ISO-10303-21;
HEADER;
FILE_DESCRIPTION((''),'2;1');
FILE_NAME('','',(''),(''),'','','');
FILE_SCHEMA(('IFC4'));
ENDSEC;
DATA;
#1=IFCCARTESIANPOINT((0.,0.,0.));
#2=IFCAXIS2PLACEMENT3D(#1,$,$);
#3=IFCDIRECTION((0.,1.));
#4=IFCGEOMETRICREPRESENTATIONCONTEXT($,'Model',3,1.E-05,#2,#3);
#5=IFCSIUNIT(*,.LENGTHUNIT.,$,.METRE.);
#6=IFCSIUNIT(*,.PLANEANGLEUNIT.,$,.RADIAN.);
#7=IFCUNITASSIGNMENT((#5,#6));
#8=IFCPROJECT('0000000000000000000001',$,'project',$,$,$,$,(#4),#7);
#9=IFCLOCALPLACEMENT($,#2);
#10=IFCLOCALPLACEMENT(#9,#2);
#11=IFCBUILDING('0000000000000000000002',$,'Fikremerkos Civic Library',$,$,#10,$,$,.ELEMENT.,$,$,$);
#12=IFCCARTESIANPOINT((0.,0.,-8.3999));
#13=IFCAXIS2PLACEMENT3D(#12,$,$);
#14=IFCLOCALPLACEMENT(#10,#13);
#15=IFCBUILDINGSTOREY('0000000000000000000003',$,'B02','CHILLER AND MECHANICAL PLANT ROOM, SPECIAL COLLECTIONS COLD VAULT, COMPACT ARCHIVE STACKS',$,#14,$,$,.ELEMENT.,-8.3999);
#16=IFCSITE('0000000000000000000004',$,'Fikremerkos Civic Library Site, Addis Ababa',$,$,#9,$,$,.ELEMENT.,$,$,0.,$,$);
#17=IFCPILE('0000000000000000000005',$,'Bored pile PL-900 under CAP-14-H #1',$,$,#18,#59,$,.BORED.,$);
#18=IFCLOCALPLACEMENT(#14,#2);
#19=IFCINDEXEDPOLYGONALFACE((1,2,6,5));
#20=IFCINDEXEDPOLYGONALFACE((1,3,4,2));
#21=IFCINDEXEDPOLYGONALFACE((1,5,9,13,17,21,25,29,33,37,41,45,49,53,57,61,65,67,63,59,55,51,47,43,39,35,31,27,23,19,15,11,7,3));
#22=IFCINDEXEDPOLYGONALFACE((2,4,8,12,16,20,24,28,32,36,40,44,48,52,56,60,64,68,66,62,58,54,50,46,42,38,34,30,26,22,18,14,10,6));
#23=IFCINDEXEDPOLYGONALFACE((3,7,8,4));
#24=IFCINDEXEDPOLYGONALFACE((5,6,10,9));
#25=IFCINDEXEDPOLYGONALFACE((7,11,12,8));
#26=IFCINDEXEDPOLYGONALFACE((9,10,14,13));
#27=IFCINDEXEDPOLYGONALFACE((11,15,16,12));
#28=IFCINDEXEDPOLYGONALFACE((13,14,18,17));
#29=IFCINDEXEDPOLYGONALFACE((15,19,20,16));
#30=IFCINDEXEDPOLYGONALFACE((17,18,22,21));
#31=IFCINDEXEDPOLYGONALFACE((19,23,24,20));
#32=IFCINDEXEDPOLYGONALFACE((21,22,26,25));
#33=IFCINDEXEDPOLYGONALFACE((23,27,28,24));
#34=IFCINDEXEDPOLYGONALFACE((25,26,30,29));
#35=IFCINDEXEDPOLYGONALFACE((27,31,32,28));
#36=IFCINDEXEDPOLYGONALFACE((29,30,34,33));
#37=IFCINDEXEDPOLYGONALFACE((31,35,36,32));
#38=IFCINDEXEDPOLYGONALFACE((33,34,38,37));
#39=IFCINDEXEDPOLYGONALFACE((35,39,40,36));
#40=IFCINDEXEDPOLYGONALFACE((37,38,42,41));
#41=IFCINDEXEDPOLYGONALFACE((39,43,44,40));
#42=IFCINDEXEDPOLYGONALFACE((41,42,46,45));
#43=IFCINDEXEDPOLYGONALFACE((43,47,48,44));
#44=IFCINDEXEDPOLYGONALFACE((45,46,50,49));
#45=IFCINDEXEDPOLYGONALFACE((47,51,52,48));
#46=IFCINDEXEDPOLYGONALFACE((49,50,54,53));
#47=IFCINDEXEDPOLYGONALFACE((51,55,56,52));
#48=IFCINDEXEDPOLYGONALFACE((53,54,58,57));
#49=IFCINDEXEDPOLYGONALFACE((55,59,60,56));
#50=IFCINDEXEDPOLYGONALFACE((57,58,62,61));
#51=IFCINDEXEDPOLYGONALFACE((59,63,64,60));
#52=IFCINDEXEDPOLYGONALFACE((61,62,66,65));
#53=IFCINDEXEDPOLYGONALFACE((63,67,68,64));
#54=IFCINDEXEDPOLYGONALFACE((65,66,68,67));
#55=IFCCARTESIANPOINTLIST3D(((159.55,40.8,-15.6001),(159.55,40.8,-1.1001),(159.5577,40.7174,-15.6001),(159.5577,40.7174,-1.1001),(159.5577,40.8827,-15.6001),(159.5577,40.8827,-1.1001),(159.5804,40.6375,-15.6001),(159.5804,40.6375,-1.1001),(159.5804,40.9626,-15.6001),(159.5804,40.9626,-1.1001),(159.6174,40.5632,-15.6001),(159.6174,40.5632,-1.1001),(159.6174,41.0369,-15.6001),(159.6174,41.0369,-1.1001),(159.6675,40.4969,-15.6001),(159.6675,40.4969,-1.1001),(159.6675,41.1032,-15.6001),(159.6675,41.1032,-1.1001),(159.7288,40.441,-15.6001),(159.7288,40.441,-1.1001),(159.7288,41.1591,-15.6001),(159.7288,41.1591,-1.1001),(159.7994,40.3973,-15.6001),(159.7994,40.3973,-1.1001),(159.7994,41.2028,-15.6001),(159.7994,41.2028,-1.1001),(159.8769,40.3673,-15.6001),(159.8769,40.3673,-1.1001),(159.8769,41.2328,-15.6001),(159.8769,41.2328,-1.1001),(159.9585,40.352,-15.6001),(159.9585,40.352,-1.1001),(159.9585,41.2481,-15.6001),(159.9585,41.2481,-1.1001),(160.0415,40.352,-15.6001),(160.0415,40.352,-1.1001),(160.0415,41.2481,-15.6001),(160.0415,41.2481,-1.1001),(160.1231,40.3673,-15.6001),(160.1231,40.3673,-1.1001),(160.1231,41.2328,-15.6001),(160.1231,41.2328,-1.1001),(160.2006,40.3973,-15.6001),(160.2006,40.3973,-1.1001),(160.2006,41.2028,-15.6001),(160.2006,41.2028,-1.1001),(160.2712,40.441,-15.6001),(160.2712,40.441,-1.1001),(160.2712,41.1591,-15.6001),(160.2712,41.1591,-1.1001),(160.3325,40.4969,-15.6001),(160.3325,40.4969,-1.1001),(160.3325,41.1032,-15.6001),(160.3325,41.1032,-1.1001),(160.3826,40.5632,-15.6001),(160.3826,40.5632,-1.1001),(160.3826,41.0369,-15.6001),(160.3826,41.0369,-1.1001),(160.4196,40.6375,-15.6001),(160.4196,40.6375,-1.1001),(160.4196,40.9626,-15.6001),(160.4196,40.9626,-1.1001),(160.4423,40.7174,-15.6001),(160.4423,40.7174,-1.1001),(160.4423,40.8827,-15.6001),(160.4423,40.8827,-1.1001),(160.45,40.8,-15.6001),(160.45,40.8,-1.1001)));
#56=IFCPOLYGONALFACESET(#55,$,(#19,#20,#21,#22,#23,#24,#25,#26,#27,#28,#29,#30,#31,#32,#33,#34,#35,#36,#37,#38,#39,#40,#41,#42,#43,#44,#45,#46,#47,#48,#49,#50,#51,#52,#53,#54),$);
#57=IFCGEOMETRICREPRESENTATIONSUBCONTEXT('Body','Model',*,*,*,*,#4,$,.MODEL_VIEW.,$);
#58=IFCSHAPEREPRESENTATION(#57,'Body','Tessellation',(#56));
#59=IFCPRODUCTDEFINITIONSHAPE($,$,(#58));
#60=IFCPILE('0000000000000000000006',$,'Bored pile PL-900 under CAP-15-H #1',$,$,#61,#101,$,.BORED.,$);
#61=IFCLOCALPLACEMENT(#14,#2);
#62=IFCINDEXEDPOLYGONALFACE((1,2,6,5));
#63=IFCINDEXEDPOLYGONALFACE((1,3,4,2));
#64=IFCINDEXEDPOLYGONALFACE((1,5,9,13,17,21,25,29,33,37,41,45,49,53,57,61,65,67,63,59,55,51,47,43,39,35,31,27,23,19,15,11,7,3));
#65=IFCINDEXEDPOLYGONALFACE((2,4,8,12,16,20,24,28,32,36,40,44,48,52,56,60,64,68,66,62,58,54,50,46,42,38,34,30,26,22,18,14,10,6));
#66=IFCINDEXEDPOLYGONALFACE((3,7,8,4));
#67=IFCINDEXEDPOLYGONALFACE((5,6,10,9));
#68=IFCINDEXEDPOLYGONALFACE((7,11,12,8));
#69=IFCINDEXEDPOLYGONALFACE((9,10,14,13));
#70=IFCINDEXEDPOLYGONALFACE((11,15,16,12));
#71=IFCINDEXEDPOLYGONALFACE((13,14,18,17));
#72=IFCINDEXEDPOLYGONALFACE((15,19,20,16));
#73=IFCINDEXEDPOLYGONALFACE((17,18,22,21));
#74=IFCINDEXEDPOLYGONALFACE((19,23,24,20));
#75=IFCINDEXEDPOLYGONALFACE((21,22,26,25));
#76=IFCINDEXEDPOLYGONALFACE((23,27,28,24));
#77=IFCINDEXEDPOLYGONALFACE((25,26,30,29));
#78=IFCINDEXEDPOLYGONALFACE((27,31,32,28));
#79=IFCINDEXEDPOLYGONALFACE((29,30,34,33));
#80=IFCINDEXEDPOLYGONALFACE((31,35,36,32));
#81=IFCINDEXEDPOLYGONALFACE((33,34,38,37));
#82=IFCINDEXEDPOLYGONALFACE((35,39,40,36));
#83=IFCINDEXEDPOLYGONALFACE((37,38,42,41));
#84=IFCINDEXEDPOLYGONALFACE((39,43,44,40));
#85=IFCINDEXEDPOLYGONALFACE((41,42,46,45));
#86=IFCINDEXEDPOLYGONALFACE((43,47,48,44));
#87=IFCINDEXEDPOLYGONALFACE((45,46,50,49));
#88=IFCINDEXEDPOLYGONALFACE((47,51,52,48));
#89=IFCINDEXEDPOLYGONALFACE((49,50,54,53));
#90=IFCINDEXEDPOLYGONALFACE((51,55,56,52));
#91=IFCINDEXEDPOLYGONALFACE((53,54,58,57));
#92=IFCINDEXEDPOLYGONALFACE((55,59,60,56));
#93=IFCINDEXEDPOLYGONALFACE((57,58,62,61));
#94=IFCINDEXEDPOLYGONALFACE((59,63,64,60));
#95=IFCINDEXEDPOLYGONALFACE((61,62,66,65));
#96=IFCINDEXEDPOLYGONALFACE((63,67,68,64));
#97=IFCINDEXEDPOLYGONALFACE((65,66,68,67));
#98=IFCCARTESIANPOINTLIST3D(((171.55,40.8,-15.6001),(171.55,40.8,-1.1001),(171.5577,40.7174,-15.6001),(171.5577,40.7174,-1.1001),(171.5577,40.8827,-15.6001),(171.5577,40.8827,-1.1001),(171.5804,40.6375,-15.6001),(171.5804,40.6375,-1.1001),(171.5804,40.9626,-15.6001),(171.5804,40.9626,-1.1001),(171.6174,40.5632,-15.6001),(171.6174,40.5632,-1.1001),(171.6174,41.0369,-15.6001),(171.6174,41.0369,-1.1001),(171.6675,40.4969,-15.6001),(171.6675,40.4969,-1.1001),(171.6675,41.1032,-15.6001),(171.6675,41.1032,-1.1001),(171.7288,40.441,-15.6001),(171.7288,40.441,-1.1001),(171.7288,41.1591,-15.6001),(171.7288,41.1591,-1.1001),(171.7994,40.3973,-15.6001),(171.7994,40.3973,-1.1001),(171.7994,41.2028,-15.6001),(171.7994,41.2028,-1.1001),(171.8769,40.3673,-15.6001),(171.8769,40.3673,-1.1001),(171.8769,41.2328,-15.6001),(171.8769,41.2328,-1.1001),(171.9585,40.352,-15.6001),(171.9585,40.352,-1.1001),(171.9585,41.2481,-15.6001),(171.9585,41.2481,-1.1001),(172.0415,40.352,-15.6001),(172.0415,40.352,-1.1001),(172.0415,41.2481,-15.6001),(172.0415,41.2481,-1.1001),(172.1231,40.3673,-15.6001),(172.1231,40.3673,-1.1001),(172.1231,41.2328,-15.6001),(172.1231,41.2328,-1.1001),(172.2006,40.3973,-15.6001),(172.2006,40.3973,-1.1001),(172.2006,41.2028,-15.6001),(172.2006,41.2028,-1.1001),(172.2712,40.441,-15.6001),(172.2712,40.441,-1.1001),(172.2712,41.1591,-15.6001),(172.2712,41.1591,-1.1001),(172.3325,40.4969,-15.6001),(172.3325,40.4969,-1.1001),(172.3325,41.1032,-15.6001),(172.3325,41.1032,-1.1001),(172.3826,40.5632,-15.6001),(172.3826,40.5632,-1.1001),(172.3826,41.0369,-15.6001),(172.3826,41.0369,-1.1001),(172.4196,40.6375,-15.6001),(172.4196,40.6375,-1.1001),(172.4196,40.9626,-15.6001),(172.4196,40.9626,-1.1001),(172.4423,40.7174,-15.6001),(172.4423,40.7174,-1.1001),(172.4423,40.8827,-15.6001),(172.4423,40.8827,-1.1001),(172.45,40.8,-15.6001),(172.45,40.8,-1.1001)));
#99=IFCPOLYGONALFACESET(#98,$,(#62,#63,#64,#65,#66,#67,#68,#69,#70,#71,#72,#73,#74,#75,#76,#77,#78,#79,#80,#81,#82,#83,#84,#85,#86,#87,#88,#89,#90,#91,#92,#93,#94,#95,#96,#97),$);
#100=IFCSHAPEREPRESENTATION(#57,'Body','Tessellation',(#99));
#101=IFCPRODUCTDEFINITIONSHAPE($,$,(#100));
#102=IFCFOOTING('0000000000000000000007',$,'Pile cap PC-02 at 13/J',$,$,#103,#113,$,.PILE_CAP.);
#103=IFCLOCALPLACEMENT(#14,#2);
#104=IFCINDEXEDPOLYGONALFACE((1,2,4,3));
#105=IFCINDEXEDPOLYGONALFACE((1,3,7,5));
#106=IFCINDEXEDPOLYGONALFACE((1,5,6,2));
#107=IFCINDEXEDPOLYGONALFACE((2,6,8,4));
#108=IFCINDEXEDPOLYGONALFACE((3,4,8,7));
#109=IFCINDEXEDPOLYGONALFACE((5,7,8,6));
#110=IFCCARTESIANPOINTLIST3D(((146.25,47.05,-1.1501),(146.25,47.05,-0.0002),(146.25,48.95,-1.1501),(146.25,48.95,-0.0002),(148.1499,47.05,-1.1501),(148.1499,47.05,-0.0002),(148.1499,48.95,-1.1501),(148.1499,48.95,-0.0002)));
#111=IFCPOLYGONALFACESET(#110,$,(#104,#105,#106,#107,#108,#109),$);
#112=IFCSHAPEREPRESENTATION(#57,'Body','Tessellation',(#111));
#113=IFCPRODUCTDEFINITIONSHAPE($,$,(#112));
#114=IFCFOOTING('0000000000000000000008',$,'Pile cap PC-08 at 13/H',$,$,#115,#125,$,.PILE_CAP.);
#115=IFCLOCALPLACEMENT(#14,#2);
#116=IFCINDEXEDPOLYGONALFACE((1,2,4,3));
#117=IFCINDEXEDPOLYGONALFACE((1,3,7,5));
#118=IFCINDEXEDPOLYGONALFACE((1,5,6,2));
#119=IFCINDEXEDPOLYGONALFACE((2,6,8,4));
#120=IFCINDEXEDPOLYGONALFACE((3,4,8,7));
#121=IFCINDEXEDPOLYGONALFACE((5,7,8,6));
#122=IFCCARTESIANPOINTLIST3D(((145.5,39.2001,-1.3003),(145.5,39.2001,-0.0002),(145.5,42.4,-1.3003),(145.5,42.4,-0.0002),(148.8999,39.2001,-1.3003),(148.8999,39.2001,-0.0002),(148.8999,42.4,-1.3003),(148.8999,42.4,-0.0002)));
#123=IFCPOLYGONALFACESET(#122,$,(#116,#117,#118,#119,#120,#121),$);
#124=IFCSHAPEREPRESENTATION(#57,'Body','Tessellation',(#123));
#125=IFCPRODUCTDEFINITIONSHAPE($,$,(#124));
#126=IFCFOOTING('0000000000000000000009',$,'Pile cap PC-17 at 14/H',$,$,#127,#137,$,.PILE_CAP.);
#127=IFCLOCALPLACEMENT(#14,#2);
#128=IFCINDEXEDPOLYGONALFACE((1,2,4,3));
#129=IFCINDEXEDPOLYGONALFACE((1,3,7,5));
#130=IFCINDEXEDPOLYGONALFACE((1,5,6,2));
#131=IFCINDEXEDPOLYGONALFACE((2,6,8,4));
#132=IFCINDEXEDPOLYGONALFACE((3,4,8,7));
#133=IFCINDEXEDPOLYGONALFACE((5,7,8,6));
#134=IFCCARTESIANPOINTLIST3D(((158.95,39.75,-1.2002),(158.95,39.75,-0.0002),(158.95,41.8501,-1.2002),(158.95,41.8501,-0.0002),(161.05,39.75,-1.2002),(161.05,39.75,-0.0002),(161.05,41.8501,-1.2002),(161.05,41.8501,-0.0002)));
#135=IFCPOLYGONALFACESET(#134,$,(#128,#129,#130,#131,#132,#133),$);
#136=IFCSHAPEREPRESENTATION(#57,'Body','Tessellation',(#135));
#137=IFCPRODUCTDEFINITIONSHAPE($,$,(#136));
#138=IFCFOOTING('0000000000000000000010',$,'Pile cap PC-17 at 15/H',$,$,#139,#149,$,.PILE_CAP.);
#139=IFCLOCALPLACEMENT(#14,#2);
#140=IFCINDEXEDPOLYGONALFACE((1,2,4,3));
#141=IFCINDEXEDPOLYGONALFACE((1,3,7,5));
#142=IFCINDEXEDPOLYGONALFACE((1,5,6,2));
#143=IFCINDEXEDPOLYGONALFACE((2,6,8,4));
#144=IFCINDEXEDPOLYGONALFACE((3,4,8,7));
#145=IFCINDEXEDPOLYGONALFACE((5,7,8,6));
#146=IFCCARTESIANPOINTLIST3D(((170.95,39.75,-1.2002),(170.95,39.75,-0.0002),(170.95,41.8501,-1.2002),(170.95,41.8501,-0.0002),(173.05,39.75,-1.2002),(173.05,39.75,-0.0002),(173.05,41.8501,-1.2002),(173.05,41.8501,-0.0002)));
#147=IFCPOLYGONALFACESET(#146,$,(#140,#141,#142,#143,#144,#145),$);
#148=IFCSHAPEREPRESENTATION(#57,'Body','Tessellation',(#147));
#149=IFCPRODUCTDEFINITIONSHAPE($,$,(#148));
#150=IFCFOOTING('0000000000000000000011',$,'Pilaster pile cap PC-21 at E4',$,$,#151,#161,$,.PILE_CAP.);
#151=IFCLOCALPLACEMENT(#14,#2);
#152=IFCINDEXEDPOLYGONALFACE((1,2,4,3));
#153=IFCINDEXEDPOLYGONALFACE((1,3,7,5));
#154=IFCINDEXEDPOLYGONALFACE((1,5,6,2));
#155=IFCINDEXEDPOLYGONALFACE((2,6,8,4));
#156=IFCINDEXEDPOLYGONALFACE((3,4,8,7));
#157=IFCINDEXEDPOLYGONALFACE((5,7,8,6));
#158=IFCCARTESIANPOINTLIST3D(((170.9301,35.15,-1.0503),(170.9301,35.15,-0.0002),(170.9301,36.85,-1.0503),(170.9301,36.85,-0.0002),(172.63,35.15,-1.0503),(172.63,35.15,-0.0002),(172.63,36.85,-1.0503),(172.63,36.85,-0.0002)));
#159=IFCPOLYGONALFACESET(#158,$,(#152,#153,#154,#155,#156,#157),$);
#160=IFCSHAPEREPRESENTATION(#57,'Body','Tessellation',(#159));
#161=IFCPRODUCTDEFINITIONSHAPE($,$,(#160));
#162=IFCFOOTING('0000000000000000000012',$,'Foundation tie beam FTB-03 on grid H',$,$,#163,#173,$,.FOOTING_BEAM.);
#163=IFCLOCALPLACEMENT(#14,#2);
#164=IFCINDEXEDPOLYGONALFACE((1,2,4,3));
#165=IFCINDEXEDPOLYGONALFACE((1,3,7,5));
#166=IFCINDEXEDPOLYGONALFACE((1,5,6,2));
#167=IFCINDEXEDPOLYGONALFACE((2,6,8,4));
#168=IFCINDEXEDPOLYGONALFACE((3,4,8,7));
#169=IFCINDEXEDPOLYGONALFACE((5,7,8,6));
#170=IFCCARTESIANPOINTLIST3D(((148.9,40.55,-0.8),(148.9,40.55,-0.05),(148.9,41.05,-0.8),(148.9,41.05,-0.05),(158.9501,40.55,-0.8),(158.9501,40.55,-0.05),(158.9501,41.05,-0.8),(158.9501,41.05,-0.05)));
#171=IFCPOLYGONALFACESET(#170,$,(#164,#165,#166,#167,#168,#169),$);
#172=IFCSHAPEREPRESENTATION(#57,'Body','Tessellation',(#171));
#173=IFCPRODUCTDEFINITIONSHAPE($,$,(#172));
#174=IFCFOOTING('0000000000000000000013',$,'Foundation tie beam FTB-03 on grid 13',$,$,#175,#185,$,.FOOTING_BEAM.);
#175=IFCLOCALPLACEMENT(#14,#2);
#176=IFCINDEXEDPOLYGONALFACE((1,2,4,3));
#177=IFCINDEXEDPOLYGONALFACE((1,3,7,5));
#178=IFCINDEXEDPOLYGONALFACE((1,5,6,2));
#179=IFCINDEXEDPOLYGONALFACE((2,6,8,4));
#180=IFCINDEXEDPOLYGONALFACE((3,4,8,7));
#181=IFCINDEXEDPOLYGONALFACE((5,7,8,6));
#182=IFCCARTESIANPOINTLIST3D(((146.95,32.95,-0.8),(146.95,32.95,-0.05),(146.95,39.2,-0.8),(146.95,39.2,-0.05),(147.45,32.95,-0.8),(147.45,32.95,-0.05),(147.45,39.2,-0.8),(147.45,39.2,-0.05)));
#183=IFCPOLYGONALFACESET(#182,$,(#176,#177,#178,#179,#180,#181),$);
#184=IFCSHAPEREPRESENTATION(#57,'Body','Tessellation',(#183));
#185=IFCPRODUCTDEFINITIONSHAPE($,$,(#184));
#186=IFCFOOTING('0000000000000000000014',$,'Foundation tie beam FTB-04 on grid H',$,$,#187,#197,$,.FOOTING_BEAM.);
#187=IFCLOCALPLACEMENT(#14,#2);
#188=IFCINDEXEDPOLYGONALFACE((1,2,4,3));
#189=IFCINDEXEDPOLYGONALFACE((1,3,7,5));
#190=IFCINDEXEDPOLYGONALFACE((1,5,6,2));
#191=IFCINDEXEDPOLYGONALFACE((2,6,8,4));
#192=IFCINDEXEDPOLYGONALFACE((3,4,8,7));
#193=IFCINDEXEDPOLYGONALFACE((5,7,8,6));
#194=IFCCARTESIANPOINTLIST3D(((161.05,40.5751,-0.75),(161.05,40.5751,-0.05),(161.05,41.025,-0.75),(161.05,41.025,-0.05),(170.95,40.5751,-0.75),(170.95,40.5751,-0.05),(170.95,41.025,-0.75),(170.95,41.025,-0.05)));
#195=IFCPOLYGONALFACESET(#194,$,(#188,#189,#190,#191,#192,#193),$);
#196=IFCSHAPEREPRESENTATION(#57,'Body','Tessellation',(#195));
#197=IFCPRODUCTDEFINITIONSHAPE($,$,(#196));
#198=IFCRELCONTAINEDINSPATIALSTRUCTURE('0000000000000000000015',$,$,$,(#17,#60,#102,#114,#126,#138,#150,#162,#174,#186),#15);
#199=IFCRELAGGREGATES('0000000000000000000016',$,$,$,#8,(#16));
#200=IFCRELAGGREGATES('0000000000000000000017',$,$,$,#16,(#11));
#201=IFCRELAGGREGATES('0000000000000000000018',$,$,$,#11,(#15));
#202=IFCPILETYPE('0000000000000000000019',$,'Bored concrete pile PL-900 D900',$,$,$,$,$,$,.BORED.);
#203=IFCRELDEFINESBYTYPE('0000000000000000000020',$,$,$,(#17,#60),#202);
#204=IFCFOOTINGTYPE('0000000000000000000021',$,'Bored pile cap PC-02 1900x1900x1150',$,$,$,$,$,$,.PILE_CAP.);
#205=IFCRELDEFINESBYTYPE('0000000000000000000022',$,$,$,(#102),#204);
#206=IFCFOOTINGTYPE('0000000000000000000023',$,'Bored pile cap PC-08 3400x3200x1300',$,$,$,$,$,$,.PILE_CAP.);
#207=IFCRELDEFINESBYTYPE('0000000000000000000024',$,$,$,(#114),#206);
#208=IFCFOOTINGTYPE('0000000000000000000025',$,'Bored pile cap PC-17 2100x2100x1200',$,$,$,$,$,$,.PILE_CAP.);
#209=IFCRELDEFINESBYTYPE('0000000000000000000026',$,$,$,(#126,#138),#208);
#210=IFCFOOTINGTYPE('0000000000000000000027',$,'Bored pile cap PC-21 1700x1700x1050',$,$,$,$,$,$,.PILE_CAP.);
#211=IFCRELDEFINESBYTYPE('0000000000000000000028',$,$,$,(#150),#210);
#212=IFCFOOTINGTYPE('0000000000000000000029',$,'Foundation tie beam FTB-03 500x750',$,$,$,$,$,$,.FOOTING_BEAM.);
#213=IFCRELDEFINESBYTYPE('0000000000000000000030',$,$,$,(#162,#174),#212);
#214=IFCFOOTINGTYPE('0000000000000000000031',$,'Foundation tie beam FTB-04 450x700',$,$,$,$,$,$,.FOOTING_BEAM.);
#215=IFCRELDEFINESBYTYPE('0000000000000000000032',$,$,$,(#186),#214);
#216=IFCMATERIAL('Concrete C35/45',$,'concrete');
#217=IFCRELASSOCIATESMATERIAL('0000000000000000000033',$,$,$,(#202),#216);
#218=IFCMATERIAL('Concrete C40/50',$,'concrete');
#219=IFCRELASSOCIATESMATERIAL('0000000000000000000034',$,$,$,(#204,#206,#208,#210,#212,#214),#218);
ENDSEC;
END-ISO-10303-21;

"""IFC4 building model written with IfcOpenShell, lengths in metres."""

from ifc_helpers import new_model, si_unit, direction, frame, origin, origin_2d, place, context, subcontext, project, spatial, rectangle, circle, extrude, material, material_profile, profile_set, type_object, element, save


model = new_model("IFC4")

# Units and contexts
model_context = context("Model", 3, precision=1e-05, world=origin(), true_north=direction((0.0, 1.0)))
body_context = subcontext(model_context, "Body", "Model", "MODEL_VIEW")
ifc_project = project(units=[si_unit("LENGTHUNIT", "METRE"), si_unit("PLANEANGLEUNIT", "RADIAN")], contexts=[model_context])

# Site, building, storey
site_placement = place(None, origin())
site = spatial("IfcSite", under=ifc_project, at=site_placement, Name="Fikremerkos Civic Library Site, Addis Ababa", CompositionType="ELEMENT", RefElevation=0.0)
building_placement = place(site_placement, origin())
building = spatial("IfcBuilding", under=site, at=building_placement, Name="Fikremerkos Civic Library", CompositionType="ELEMENT")
storey_placement = place(building_placement, frame((0.0, 0.0, -8.3999)))
storey = spatial("IfcBuildingStorey", under=building, at=storey_placement, Name="B02", Description="CHILLER AND MECHANICAL PLANT ROOM, SPECIAL COLLECTIONS COLD VAULT, COMPACT ARCHIVE STACKS", CompositionType="ELEMENT", Elevation=-8.3999)

# Piles
ifc_material_1 = material(Name="Concrete C35/45", Category="concrete")
ifc_material_profile_1 = material_profile(ifc_material_1, circle(Radius=0.45, at=origin_2d()), Name="BORED PILE 900")
ifc_profile_set_1 = profile_set([ifc_material_profile_1], Name="Concrete C35/45")
pile_type_1 = type_object("IfcPileType", Name="Bored concrete pile PL-900 D900", PredefinedType="BORED", material=ifc_profile_set_1)
for number, where, z_axis, x_axis, name in (
    (1, (160.0, 40.8, -1.1001), (0.0, 0.0, -1.0), (1.0, 0.0, 0.0), "Bored pile PL-900 under CAP-14-H #1"),
    (2, (172.0, 40.8, -1.1001), (0.0, 0.0, -1.0), (1.0, 0.0, 0.0), "Bored pile PL-900 under CAP-15-H #1"),
):
    element("IfcPile", number, at=place(storey_placement, frame(where, z_axis=z_axis, x_axis=x_axis)), inside=storey, type_object=pile_type_1, Name=name, PredefinedType="BORED", context=body_context, shape_type="SweptSolid", body=[
        extrude(circle(Radius=0.45, at=origin_2d()), origin(), (0.0, 0.0, 1.0), 14.5),
    ])

# Footings
ifc_material_2 = material(Name="Concrete C40/50", Category="concrete")
footing_type_1 = type_object("IfcFootingType", Name="Bored pile cap PC-02 1900x1900x1150", PredefinedType="PILE_CAP", material=ifc_material_2)
footing_1_placement = place(storey_placement, frame((147.2, 48.0, -1.1501), z_axis=(0.0, 0.0, 1.0), x_axis=(1.0, 0.0, 0.0)))
element("IfcFooting", 3, at=footing_1_placement, inside=storey, type_object=footing_type_1, Name="Pile cap PC-02 at 13/J", PredefinedType="PILE_CAP", context=body_context, shape_type="SweptSolid", body=[
    extrude(rectangle(XDim=1.8999, YDim=1.8999, at=origin_2d()), origin(), (0.0, 0.0, 1.0), 1.1499),
])
footing_type_2 = type_object("IfcFootingType", Name="Bored pile cap PC-08 3400x3200x1300", PredefinedType="PILE_CAP", material=ifc_material_2)
footing_2_placement = place(storey_placement, frame((147.2, 40.8, -1.3003), z_axis=(0.0, 0.0, 1.0), x_axis=(1.0, 0.0, 0.0)))
element("IfcFooting", 4, at=footing_2_placement, inside=storey, type_object=footing_type_2, Name="Pile cap PC-08 at 13/H", PredefinedType="PILE_CAP", context=body_context, shape_type="SweptSolid", body=[
    extrude(rectangle(XDim=3.3999, YDim=3.2, at=origin_2d()), origin(), (0.0, 0.0, 1.0), 1.3),
])
footing_type_3 = type_object("IfcFootingType", Name="Bored pile cap PC-17 2100x2100x1200", PredefinedType="PILE_CAP", material=ifc_material_2)
for number, where, z_axis, x_axis, name in (
    (5, (160.0, 40.8, -1.2002), (0.0, 0.0, 1.0), (1.0, 0.0, 0.0), "Pile cap PC-17 at 14/H"),
    (6, (172.0, 40.8, -1.2002), (0.0, 0.0, 1.0), (1.0, 0.0, 0.0), "Pile cap PC-17 at 15/H"),
):
    element("IfcFooting", number, at=place(storey_placement, frame(where, z_axis=z_axis, x_axis=x_axis)), inside=storey, type_object=footing_type_3, Name=name, PredefinedType="PILE_CAP", context=body_context, shape_type="SweptSolid", body=[
        extrude(rectangle(XDim=2.1001, YDim=2.1001, at=origin_2d()), origin(), (0.0, 0.0, 1.0), 1.2),
    ])
footing_type_4 = type_object("IfcFootingType", Name="Bored pile cap PC-21 1700x1700x1050", PredefinedType="PILE_CAP", material=ifc_material_2)
footing_3_placement = place(storey_placement, frame((171.78, 36.0, -1.0503), z_axis=(0.0, 0.0, 1.0), x_axis=(1.0, 0.0, 0.0)))
element("IfcFooting", 7, at=footing_3_placement, inside=storey, type_object=footing_type_4, Name="Pilaster pile cap PC-21 at E4", PredefinedType="PILE_CAP", context=body_context, shape_type="SweptSolid", body=[
    extrude(rectangle(XDim=1.7, YDim=1.7, at=origin_2d()), origin(), (0.0, 0.0, 1.0), 1.05),
])
footing_type_5 = type_object("IfcFootingType", Name="Foundation tie beam FTB-03 500x750", PredefinedType="FOOTING_BEAM", material=ifc_material_2)
footing_4_placement = place(storey_placement, frame((153.925, 40.8, -0.8), z_axis=(0.0, 0.0, 1.0), x_axis=(1.0, 0.0, 0.0)))
element("IfcFooting", 8, at=footing_4_placement, inside=storey, type_object=footing_type_5, Name="Foundation tie beam FTB-03 on grid H", PredefinedType="FOOTING_BEAM", context=body_context, shape_type="SweptSolid", body=[
    extrude(rectangle(XDim=10.05, YDim=0.5, at=origin_2d()), origin(), (0.0, 0.0, 1.0), 0.75),
])
footing_5_placement = place(storey_placement, frame((147.2, 36.075, -0.8), z_axis=(0.0, 0.0, 1.0), x_axis=(0.0, 1.0, 0.0)))
element("IfcFooting", 9, at=footing_5_placement, inside=storey, type_object=footing_type_5, Name="Foundation tie beam FTB-03 on grid 13", PredefinedType="FOOTING_BEAM", context=body_context, shape_type="SweptSolid", body=[
    extrude(rectangle(XDim=6.25, YDim=0.5, at=origin_2d()), origin(), (0.0, 0.0, 1.0), 0.75),
])
footing_type_6 = type_object("IfcFootingType", Name="Foundation tie beam FTB-04 450x700", PredefinedType="FOOTING_BEAM", material=ifc_material_2)
footing_6_placement = place(storey_placement, frame((166.0, 40.8, -0.75), z_axis=(0.0, 0.0, 1.0), x_axis=(1.0, 0.0, 0.0)))
element("IfcFooting", 10, at=footing_6_placement, inside=storey, type_object=footing_type_6, Name="Foundation tie beam FTB-04 on grid H", PredefinedType="FOOTING_BEAM", context=body_context, shape_type="SweptSolid", body=[
    extrude(rectangle(XDim=9.8999, YDim=0.45, at=origin_2d()), origin(), (0.0, 0.0, 1.0), 0.7),
])

save(model, "model.ifc")
